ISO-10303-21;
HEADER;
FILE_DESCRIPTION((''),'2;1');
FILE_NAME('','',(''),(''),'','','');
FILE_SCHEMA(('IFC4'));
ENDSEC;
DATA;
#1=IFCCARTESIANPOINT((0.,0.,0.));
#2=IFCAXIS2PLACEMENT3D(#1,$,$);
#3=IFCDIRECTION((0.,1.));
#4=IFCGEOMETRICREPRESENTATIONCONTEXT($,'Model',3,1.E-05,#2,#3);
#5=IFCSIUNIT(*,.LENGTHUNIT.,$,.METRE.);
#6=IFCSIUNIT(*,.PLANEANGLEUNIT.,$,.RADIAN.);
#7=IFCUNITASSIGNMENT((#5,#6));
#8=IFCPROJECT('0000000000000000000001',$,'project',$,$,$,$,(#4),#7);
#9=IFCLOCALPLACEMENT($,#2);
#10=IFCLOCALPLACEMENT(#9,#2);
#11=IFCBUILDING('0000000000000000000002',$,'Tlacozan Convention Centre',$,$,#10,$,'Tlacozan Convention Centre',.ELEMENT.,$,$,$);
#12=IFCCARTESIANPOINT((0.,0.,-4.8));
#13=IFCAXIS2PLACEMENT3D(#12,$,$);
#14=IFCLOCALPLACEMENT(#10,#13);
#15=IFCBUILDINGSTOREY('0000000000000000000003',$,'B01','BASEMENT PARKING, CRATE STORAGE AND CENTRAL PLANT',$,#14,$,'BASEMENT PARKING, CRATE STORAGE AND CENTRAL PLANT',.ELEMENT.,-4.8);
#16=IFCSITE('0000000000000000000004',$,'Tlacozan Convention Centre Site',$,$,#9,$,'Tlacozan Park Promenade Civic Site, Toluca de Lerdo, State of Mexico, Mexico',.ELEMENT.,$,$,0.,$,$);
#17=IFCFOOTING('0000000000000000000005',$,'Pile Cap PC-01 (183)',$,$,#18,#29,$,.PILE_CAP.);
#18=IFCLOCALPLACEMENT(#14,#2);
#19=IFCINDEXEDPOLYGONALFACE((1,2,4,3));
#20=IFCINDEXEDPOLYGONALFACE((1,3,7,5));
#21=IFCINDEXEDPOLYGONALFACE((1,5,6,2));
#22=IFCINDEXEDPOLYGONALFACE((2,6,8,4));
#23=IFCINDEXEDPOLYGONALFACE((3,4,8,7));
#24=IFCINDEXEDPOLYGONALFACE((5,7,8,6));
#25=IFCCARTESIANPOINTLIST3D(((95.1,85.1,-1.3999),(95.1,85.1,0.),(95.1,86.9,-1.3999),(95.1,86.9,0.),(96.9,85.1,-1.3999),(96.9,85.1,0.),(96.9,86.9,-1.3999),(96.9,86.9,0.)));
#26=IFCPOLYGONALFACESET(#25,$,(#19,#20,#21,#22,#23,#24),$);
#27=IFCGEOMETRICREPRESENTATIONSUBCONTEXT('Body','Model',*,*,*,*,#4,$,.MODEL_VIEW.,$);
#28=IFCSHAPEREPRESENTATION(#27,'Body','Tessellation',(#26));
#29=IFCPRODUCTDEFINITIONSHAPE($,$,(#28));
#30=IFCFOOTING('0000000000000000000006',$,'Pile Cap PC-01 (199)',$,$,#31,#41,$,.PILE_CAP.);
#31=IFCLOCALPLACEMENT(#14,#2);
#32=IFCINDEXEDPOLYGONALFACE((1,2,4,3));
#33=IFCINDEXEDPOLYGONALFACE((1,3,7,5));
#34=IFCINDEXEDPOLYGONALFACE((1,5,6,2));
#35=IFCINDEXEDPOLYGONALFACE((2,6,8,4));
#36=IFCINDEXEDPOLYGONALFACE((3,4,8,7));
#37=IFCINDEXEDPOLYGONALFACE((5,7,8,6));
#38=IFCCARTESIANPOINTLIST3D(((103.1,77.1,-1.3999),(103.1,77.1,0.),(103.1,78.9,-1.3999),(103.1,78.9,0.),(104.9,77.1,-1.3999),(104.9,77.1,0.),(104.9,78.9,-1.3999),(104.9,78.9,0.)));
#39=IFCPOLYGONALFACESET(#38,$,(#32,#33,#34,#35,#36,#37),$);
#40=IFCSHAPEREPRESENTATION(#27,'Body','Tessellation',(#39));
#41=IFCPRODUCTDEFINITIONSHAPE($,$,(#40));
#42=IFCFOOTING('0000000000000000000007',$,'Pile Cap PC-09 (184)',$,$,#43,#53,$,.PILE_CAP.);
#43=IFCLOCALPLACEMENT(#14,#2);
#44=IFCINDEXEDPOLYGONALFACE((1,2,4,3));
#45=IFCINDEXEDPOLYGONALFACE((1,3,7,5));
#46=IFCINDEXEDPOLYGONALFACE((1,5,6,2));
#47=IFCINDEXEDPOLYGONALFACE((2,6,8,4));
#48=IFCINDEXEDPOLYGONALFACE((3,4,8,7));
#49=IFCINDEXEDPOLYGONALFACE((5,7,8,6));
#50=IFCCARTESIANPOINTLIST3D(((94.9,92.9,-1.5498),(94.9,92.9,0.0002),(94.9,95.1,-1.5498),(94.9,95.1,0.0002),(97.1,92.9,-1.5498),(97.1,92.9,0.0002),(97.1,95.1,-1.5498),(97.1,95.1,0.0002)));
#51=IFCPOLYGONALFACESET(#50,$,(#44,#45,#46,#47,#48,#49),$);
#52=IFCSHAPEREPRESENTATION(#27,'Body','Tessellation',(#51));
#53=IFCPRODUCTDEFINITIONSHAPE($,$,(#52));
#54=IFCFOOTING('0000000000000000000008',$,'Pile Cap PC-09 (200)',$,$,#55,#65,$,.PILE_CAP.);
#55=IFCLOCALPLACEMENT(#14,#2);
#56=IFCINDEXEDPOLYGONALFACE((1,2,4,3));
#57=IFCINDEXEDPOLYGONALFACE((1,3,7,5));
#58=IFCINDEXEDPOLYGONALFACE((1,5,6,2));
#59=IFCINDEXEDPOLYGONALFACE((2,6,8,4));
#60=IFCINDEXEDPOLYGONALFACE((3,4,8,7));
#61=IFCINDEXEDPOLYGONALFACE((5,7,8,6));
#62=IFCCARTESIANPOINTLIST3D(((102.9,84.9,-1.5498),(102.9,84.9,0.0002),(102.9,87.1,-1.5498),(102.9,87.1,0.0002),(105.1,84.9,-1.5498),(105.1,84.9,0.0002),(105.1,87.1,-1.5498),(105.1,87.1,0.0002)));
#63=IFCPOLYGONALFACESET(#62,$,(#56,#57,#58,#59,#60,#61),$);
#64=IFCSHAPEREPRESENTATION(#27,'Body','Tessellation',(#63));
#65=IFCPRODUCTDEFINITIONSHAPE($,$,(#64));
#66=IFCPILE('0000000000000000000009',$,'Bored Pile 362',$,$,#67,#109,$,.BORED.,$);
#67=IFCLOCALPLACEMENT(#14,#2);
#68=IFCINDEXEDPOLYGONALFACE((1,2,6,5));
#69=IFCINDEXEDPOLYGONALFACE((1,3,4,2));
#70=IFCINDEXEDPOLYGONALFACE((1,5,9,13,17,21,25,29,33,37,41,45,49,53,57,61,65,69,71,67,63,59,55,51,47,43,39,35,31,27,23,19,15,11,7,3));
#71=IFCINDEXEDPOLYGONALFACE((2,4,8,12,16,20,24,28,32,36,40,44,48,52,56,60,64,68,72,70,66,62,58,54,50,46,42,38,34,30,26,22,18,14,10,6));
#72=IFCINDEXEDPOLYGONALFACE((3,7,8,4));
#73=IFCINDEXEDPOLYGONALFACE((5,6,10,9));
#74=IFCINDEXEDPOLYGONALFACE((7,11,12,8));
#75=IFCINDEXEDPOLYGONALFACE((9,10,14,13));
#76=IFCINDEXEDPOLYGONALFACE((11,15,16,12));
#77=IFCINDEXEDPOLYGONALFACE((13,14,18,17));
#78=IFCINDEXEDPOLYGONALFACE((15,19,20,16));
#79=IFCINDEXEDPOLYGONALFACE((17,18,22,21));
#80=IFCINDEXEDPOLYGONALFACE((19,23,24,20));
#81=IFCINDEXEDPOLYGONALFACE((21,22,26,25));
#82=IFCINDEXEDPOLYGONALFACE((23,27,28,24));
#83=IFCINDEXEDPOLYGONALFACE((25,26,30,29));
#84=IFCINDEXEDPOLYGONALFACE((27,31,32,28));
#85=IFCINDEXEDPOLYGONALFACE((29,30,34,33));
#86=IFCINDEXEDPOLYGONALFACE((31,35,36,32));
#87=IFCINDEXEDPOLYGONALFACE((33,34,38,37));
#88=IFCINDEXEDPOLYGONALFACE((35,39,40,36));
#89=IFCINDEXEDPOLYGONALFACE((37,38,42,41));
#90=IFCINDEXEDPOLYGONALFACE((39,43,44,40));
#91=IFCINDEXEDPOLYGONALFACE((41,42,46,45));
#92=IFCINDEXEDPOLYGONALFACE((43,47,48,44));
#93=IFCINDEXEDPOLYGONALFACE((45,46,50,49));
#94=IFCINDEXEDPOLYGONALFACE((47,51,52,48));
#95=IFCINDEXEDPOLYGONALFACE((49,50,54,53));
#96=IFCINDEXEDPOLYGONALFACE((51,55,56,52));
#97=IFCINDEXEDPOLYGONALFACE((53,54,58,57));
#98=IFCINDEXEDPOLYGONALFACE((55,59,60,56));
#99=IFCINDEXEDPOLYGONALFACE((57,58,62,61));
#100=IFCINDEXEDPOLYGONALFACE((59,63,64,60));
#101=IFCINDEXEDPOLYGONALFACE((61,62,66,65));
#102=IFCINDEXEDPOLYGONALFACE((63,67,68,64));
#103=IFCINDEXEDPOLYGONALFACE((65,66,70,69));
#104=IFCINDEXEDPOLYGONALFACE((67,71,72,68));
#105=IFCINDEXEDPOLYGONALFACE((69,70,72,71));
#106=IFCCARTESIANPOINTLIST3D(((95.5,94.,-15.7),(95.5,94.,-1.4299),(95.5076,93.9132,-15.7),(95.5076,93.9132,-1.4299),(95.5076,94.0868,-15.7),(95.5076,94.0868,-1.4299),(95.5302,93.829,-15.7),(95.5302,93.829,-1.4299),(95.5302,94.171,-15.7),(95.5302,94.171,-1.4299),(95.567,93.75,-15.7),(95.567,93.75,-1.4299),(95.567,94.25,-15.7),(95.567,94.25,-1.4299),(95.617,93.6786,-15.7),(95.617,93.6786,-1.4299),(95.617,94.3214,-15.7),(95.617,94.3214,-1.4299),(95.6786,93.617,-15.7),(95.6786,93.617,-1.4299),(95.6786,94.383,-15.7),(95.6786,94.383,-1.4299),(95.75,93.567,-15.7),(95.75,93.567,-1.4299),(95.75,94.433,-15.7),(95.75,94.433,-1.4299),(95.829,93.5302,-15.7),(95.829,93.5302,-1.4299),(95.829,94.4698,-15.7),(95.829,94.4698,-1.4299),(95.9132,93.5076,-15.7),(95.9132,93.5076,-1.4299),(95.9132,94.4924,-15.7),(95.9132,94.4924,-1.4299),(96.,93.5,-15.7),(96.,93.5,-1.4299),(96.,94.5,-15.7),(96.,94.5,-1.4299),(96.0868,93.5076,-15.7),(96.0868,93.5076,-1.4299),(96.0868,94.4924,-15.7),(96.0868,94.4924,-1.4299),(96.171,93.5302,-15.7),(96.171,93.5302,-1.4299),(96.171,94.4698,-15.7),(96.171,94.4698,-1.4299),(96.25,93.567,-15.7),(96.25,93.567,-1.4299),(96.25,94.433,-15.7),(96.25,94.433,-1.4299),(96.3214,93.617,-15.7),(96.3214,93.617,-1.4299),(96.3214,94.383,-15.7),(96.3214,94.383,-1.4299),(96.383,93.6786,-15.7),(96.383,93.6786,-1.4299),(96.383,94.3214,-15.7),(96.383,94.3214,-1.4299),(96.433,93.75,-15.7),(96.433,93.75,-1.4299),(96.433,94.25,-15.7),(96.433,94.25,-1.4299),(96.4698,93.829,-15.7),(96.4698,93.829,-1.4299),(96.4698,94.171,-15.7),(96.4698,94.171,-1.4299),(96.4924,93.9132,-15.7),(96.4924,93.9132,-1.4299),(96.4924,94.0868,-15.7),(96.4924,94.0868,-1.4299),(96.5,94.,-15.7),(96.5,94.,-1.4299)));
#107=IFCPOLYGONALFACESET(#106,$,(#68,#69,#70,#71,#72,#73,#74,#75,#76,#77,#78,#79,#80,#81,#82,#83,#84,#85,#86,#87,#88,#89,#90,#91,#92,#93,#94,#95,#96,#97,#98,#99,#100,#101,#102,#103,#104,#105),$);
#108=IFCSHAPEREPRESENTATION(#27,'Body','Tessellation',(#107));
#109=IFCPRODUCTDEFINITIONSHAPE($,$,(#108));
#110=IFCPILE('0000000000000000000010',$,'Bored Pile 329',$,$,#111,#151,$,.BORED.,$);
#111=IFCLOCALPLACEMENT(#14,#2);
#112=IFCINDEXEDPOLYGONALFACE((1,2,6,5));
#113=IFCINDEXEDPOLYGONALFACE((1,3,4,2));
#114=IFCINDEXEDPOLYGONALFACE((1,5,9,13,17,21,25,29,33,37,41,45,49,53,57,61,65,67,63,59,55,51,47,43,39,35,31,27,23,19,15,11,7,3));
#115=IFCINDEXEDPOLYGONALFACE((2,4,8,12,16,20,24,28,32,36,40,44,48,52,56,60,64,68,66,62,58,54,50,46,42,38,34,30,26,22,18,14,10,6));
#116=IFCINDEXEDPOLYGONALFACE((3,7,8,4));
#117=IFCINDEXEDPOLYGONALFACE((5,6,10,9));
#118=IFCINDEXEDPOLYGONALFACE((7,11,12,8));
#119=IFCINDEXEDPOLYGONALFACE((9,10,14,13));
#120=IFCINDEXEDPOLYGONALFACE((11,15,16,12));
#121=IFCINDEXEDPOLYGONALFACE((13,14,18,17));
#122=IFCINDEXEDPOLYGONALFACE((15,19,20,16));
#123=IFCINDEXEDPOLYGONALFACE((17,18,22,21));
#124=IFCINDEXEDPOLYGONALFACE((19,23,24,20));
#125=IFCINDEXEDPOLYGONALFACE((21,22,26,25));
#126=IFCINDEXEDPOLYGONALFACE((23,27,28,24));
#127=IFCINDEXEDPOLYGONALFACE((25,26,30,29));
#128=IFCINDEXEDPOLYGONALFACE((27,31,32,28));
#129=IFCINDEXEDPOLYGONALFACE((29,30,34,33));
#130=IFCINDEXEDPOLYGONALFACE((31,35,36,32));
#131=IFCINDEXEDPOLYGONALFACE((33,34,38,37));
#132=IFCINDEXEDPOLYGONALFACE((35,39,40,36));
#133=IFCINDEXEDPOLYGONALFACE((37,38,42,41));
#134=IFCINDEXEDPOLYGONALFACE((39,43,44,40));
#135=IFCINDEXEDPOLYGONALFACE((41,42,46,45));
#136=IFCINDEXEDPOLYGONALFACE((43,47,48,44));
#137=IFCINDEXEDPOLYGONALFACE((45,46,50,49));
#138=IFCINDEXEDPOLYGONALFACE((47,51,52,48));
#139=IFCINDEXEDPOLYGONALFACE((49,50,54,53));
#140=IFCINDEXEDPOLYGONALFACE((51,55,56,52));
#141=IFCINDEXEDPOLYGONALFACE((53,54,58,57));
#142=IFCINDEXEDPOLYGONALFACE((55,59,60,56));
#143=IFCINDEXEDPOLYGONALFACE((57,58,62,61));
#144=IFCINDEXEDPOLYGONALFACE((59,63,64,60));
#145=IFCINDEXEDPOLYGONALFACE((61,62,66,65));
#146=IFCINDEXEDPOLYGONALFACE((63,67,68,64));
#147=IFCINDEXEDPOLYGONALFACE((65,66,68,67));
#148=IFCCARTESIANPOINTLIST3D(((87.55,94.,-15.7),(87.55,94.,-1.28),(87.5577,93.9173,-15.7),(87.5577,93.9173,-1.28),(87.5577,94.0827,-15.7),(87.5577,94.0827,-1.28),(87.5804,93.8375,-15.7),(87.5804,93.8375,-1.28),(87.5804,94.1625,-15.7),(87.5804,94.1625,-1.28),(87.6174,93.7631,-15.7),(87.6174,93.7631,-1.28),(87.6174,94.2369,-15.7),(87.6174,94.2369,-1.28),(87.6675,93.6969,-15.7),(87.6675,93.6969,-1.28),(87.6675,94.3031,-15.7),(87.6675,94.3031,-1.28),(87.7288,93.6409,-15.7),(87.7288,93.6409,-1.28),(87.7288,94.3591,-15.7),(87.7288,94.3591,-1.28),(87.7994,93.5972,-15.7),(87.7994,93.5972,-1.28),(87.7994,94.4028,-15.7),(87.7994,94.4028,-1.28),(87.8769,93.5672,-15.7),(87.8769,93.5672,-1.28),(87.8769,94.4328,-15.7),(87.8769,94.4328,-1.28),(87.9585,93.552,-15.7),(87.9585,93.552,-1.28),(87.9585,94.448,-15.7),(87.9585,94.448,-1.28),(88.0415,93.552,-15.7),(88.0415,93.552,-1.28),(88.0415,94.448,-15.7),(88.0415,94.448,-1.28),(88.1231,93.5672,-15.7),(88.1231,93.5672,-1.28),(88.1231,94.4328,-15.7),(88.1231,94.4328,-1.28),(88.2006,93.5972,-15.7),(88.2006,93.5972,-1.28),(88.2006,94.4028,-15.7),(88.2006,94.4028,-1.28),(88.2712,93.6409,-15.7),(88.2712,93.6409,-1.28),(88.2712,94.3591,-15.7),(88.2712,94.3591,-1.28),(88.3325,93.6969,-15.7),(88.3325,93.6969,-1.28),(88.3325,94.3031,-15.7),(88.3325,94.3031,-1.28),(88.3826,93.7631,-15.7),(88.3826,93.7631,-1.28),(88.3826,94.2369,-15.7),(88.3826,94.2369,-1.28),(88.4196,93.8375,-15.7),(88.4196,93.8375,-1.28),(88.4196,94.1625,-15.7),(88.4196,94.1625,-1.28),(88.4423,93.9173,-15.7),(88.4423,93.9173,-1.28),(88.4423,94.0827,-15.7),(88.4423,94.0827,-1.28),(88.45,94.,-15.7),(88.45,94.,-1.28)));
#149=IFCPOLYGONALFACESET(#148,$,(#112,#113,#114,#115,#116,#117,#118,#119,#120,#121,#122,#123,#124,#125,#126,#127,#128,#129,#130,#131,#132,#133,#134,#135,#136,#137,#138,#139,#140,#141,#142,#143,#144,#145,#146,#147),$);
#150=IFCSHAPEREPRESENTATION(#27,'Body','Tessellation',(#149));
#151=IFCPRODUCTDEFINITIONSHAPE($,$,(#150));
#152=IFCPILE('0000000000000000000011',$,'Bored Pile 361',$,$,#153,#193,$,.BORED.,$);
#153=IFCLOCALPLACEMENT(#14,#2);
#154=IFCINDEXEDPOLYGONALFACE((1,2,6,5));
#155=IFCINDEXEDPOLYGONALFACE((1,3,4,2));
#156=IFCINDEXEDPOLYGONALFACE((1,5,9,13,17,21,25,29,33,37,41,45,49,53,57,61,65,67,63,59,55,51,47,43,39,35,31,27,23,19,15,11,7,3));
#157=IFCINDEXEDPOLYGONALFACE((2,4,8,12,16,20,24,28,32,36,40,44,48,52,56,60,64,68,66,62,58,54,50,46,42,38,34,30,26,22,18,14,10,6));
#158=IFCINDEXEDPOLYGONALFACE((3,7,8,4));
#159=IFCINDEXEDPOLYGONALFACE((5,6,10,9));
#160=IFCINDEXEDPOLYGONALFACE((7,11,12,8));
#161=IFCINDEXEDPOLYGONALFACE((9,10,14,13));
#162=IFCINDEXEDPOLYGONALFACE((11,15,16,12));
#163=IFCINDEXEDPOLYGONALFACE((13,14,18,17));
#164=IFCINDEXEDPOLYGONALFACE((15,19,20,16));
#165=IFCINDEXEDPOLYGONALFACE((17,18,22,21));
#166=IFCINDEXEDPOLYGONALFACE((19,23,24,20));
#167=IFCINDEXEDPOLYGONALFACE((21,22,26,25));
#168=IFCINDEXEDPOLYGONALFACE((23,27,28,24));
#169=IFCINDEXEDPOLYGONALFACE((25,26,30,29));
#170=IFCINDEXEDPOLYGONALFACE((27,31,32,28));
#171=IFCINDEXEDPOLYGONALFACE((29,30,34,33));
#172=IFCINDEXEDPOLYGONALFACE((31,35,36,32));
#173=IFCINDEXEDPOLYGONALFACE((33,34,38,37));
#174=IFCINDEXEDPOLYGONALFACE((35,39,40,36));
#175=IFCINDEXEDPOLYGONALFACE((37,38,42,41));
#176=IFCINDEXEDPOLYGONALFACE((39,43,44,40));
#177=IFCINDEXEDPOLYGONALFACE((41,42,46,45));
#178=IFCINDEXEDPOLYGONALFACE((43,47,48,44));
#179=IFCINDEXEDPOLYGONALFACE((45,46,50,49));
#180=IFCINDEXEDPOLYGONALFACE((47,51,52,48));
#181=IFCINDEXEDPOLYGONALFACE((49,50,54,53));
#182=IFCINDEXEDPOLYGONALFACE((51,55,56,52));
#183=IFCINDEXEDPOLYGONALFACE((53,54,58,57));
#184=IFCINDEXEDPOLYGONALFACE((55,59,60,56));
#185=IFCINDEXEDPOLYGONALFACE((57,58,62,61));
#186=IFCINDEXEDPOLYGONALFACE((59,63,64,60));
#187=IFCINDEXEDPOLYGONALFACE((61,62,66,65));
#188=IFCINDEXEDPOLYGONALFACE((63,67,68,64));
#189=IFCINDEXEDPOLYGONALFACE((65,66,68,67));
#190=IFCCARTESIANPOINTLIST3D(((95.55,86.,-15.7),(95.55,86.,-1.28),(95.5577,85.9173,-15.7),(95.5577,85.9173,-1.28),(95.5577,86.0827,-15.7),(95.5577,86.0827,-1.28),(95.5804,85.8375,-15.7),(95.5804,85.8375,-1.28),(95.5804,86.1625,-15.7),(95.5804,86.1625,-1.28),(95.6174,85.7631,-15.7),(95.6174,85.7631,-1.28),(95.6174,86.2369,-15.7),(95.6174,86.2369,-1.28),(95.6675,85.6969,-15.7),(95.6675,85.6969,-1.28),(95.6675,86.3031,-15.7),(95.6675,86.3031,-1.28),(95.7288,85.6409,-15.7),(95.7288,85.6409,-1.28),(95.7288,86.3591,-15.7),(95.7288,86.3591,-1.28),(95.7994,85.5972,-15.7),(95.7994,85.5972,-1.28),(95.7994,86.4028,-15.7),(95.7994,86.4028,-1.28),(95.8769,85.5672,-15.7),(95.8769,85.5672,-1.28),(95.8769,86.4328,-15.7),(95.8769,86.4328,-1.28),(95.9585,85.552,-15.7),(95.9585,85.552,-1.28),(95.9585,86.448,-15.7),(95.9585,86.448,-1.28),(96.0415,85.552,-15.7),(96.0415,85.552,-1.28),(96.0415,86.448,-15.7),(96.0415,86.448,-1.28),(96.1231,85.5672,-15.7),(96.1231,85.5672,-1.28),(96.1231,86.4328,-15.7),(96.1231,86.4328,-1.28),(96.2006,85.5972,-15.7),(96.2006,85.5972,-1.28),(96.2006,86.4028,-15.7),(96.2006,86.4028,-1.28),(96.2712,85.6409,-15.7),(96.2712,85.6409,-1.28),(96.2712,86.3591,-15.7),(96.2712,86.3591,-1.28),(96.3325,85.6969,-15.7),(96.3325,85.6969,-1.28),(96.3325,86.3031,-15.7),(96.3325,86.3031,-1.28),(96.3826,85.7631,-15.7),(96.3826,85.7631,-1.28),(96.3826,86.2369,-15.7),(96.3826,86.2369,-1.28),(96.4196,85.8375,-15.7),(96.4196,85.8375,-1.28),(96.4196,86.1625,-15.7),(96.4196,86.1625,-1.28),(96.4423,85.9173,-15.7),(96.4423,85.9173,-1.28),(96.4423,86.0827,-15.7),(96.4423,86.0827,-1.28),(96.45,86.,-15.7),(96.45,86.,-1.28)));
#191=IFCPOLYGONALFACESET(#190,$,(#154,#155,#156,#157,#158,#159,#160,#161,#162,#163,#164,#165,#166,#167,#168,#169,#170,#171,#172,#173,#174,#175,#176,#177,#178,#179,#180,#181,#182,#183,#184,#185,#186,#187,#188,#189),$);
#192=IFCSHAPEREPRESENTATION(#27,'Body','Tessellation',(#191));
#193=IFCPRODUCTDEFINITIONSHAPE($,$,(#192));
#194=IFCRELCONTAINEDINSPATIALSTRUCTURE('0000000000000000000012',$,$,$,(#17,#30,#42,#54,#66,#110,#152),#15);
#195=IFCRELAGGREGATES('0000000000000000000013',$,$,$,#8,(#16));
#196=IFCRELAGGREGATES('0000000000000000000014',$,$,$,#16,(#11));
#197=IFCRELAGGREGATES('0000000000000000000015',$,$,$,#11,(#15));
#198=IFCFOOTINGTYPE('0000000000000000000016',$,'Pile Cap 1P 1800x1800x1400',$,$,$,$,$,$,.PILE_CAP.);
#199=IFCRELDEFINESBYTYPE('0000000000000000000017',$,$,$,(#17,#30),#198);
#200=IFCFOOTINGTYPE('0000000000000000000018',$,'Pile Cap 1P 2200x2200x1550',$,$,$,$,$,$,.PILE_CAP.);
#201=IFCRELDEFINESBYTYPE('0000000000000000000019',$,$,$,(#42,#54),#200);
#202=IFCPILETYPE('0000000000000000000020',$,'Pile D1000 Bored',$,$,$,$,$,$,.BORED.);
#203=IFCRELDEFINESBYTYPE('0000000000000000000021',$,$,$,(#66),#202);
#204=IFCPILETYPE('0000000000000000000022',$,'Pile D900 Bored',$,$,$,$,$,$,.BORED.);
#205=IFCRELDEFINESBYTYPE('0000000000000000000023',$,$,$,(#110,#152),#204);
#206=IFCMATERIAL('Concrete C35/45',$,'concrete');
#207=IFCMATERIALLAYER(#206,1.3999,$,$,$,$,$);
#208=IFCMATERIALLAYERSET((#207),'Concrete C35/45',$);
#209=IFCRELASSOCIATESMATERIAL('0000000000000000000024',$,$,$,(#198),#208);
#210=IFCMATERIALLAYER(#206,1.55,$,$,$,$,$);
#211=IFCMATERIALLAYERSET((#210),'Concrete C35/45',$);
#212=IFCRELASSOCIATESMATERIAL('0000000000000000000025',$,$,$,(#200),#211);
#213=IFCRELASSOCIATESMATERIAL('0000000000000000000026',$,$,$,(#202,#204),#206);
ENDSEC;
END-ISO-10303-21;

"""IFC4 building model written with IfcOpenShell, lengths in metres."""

from ifc_helpers import new_model, si_unit, direction, frame, origin, origin_2d, place, context, subcontext, project, spatial, rectangle, circle, extrude, material, layer, layer_set, material_profile, profile_set, type_object, element, save


model = new_model("IFC4")

# Units and contexts
model_context = context("Model", 3, precision=1e-05, world=origin(), true_north=direction((0.0, 1.0)))
body_context = subcontext(model_context, "Body", "Model", "MODEL_VIEW")
ifc_project = project(units=[si_unit("LENGTHUNIT", "METRE"), si_unit("PLANEANGLEUNIT", "RADIAN")], contexts=[model_context])

# Site, building, storey
site_placement = place(None, origin())
site = spatial("IfcSite", under=ifc_project, at=site_placement, Name="Tlacozan Convention Centre Site", LongName="Tlacozan Park Promenade Civic Site, Toluca de Lerdo, State of Mexico, Mexico", CompositionType="ELEMENT", RefElevation=0.0)
building_placement = place(site_placement, origin())
building = spatial("IfcBuilding", under=site, at=building_placement, Name="Tlacozan Convention Centre", LongName="Tlacozan Convention Centre", CompositionType="ELEMENT")
storey_placement = place(building_placement, frame((0.0, 0.0, -4.8)))
storey = spatial("IfcBuildingStorey", under=building, at=storey_placement, Name="B01", Description="BASEMENT PARKING, CRATE STORAGE AND CENTRAL PLANT", LongName="BASEMENT PARKING, CRATE STORAGE AND CENTRAL PLANT", CompositionType="ELEMENT", Elevation=-4.8)

# Footings
ifc_material_1 = material(Name="Concrete C35/45", Category="concrete")
ifc_layer_1 = layer(ifc_material_1, 1.3999)
ifc_layer_set_1 = layer_set([ifc_layer_1], Name="Concrete C35/45")
footing_type_1 = type_object("IfcFootingType", Name="Pile Cap 1P 1800x1800x1400", PredefinedType="PILE_CAP", material=ifc_layer_set_1)
for number, where, z_axis, x_axis, name in (
    (1, (96.0, 86.0, -1.3999), (0.0, 0.0, 1.0), (1.0, 0.0, 0.0), "Pile Cap PC-01 (183)"),
    (2, (104.0, 78.0, -1.3999), (0.0, 0.0, 1.0), (1.0, 0.0, 0.0), "Pile Cap PC-01 (199)"),
):
    element("IfcFooting", number, at=place(storey_placement, frame(where, z_axis=z_axis, x_axis=x_axis)), inside=storey, type_object=footing_type_1, Name=name, PredefinedType="PILE_CAP", context=body_context, shape_type="SweptSolid", body=[
        extrude(rectangle(XDim=1.8, YDim=1.8, at=origin_2d()), origin(), (0.0, 0.0, 1.0), 1.3999),
    ])
ifc_layer_2 = layer(ifc_material_1, 1.55)
ifc_layer_set_2 = layer_set([ifc_layer_2], Name="Concrete C35/45")
footing_type_2 = type_object("IfcFootingType", Name="Pile Cap 1P 2200x2200x1550", PredefinedType="PILE_CAP", material=ifc_layer_set_2)
for number, where, z_axis, x_axis, name in (
    (3, (96.0, 94.0, -1.5498), (0.0, 0.0, 1.0), (1.0, 0.0, 0.0), "Pile Cap PC-09 (184)"),
    (4, (104.0, 86.0, -1.5498), (0.0, 0.0, 1.0), (1.0, 0.0, 0.0), "Pile Cap PC-09 (200)"),
):
    element("IfcFooting", number, at=place(storey_placement, frame(where, z_axis=z_axis, x_axis=x_axis)), inside=storey, type_object=footing_type_2, Name=name, PredefinedType="PILE_CAP", context=body_context, shape_type="SweptSolid", body=[
        extrude(rectangle(XDim=2.2, YDim=2.2, at=origin_2d()), origin(), (0.0, 0.0, 1.0), 1.55),
    ])

# Piles
ifc_material_profile_1 = material_profile(ifc_material_1, circle(Radius=0.5, at=origin_2d()), Name="PILE D1000")
ifc_profile_set_1 = profile_set([ifc_material_profile_1], Name="Concrete C35/45")
pile_type_1 = type_object("IfcPileType", Name="Pile D1000 Bored", PredefinedType="BORED", material=ifc_profile_set_1)
pile_placement = place(storey_placement, frame((96.0, 94.0, -1.4299), z_axis=(0.0, 0.0, -1.0), x_axis=(1.0, 0.0, 0.0)))
element("IfcPile", 5, at=pile_placement, inside=storey, type_object=pile_type_1, Name="Bored Pile 362", PredefinedType="BORED", context=body_context, shape_type="SweptSolid", body=[
    extrude(circle(Radius=0.5, at=origin_2d()), origin(), (0.0, 0.0, 1.0), 14.27),
])
ifc_material_profile_2 = material_profile(ifc_material_1, circle(Radius=0.45, at=origin_2d()), Name="PILE D900")
ifc_profile_set_2 = profile_set([ifc_material_profile_2], Name="Concrete C35/45")
pile_type_2 = type_object("IfcPileType", Name="Pile D900 Bored", PredefinedType="BORED", material=ifc_profile_set_2)
for number, where, z_axis, x_axis, name in (
    (6, (88.0, 94.0, -1.28), (0.0, 0.0, -1.0), (1.0, 0.0, 0.0), "Bored Pile 329"),
    (7, (96.0, 86.0, -1.28), (0.0, 0.0, -1.0), (1.0, 0.0, 0.0), "Bored Pile 361"),
):
    element("IfcPile", number, at=place(storey_placement, frame(where, z_axis=z_axis, x_axis=x_axis)), inside=storey, type_object=pile_type_2, Name=name, PredefinedType="BORED", context=body_context, shape_type="SweptSolid", body=[
        extrude(circle(Radius=0.45, at=origin_2d()), origin(), (0.0, 0.0, 1.0), 14.4199),
    ])

save(model, "model.ifc")
